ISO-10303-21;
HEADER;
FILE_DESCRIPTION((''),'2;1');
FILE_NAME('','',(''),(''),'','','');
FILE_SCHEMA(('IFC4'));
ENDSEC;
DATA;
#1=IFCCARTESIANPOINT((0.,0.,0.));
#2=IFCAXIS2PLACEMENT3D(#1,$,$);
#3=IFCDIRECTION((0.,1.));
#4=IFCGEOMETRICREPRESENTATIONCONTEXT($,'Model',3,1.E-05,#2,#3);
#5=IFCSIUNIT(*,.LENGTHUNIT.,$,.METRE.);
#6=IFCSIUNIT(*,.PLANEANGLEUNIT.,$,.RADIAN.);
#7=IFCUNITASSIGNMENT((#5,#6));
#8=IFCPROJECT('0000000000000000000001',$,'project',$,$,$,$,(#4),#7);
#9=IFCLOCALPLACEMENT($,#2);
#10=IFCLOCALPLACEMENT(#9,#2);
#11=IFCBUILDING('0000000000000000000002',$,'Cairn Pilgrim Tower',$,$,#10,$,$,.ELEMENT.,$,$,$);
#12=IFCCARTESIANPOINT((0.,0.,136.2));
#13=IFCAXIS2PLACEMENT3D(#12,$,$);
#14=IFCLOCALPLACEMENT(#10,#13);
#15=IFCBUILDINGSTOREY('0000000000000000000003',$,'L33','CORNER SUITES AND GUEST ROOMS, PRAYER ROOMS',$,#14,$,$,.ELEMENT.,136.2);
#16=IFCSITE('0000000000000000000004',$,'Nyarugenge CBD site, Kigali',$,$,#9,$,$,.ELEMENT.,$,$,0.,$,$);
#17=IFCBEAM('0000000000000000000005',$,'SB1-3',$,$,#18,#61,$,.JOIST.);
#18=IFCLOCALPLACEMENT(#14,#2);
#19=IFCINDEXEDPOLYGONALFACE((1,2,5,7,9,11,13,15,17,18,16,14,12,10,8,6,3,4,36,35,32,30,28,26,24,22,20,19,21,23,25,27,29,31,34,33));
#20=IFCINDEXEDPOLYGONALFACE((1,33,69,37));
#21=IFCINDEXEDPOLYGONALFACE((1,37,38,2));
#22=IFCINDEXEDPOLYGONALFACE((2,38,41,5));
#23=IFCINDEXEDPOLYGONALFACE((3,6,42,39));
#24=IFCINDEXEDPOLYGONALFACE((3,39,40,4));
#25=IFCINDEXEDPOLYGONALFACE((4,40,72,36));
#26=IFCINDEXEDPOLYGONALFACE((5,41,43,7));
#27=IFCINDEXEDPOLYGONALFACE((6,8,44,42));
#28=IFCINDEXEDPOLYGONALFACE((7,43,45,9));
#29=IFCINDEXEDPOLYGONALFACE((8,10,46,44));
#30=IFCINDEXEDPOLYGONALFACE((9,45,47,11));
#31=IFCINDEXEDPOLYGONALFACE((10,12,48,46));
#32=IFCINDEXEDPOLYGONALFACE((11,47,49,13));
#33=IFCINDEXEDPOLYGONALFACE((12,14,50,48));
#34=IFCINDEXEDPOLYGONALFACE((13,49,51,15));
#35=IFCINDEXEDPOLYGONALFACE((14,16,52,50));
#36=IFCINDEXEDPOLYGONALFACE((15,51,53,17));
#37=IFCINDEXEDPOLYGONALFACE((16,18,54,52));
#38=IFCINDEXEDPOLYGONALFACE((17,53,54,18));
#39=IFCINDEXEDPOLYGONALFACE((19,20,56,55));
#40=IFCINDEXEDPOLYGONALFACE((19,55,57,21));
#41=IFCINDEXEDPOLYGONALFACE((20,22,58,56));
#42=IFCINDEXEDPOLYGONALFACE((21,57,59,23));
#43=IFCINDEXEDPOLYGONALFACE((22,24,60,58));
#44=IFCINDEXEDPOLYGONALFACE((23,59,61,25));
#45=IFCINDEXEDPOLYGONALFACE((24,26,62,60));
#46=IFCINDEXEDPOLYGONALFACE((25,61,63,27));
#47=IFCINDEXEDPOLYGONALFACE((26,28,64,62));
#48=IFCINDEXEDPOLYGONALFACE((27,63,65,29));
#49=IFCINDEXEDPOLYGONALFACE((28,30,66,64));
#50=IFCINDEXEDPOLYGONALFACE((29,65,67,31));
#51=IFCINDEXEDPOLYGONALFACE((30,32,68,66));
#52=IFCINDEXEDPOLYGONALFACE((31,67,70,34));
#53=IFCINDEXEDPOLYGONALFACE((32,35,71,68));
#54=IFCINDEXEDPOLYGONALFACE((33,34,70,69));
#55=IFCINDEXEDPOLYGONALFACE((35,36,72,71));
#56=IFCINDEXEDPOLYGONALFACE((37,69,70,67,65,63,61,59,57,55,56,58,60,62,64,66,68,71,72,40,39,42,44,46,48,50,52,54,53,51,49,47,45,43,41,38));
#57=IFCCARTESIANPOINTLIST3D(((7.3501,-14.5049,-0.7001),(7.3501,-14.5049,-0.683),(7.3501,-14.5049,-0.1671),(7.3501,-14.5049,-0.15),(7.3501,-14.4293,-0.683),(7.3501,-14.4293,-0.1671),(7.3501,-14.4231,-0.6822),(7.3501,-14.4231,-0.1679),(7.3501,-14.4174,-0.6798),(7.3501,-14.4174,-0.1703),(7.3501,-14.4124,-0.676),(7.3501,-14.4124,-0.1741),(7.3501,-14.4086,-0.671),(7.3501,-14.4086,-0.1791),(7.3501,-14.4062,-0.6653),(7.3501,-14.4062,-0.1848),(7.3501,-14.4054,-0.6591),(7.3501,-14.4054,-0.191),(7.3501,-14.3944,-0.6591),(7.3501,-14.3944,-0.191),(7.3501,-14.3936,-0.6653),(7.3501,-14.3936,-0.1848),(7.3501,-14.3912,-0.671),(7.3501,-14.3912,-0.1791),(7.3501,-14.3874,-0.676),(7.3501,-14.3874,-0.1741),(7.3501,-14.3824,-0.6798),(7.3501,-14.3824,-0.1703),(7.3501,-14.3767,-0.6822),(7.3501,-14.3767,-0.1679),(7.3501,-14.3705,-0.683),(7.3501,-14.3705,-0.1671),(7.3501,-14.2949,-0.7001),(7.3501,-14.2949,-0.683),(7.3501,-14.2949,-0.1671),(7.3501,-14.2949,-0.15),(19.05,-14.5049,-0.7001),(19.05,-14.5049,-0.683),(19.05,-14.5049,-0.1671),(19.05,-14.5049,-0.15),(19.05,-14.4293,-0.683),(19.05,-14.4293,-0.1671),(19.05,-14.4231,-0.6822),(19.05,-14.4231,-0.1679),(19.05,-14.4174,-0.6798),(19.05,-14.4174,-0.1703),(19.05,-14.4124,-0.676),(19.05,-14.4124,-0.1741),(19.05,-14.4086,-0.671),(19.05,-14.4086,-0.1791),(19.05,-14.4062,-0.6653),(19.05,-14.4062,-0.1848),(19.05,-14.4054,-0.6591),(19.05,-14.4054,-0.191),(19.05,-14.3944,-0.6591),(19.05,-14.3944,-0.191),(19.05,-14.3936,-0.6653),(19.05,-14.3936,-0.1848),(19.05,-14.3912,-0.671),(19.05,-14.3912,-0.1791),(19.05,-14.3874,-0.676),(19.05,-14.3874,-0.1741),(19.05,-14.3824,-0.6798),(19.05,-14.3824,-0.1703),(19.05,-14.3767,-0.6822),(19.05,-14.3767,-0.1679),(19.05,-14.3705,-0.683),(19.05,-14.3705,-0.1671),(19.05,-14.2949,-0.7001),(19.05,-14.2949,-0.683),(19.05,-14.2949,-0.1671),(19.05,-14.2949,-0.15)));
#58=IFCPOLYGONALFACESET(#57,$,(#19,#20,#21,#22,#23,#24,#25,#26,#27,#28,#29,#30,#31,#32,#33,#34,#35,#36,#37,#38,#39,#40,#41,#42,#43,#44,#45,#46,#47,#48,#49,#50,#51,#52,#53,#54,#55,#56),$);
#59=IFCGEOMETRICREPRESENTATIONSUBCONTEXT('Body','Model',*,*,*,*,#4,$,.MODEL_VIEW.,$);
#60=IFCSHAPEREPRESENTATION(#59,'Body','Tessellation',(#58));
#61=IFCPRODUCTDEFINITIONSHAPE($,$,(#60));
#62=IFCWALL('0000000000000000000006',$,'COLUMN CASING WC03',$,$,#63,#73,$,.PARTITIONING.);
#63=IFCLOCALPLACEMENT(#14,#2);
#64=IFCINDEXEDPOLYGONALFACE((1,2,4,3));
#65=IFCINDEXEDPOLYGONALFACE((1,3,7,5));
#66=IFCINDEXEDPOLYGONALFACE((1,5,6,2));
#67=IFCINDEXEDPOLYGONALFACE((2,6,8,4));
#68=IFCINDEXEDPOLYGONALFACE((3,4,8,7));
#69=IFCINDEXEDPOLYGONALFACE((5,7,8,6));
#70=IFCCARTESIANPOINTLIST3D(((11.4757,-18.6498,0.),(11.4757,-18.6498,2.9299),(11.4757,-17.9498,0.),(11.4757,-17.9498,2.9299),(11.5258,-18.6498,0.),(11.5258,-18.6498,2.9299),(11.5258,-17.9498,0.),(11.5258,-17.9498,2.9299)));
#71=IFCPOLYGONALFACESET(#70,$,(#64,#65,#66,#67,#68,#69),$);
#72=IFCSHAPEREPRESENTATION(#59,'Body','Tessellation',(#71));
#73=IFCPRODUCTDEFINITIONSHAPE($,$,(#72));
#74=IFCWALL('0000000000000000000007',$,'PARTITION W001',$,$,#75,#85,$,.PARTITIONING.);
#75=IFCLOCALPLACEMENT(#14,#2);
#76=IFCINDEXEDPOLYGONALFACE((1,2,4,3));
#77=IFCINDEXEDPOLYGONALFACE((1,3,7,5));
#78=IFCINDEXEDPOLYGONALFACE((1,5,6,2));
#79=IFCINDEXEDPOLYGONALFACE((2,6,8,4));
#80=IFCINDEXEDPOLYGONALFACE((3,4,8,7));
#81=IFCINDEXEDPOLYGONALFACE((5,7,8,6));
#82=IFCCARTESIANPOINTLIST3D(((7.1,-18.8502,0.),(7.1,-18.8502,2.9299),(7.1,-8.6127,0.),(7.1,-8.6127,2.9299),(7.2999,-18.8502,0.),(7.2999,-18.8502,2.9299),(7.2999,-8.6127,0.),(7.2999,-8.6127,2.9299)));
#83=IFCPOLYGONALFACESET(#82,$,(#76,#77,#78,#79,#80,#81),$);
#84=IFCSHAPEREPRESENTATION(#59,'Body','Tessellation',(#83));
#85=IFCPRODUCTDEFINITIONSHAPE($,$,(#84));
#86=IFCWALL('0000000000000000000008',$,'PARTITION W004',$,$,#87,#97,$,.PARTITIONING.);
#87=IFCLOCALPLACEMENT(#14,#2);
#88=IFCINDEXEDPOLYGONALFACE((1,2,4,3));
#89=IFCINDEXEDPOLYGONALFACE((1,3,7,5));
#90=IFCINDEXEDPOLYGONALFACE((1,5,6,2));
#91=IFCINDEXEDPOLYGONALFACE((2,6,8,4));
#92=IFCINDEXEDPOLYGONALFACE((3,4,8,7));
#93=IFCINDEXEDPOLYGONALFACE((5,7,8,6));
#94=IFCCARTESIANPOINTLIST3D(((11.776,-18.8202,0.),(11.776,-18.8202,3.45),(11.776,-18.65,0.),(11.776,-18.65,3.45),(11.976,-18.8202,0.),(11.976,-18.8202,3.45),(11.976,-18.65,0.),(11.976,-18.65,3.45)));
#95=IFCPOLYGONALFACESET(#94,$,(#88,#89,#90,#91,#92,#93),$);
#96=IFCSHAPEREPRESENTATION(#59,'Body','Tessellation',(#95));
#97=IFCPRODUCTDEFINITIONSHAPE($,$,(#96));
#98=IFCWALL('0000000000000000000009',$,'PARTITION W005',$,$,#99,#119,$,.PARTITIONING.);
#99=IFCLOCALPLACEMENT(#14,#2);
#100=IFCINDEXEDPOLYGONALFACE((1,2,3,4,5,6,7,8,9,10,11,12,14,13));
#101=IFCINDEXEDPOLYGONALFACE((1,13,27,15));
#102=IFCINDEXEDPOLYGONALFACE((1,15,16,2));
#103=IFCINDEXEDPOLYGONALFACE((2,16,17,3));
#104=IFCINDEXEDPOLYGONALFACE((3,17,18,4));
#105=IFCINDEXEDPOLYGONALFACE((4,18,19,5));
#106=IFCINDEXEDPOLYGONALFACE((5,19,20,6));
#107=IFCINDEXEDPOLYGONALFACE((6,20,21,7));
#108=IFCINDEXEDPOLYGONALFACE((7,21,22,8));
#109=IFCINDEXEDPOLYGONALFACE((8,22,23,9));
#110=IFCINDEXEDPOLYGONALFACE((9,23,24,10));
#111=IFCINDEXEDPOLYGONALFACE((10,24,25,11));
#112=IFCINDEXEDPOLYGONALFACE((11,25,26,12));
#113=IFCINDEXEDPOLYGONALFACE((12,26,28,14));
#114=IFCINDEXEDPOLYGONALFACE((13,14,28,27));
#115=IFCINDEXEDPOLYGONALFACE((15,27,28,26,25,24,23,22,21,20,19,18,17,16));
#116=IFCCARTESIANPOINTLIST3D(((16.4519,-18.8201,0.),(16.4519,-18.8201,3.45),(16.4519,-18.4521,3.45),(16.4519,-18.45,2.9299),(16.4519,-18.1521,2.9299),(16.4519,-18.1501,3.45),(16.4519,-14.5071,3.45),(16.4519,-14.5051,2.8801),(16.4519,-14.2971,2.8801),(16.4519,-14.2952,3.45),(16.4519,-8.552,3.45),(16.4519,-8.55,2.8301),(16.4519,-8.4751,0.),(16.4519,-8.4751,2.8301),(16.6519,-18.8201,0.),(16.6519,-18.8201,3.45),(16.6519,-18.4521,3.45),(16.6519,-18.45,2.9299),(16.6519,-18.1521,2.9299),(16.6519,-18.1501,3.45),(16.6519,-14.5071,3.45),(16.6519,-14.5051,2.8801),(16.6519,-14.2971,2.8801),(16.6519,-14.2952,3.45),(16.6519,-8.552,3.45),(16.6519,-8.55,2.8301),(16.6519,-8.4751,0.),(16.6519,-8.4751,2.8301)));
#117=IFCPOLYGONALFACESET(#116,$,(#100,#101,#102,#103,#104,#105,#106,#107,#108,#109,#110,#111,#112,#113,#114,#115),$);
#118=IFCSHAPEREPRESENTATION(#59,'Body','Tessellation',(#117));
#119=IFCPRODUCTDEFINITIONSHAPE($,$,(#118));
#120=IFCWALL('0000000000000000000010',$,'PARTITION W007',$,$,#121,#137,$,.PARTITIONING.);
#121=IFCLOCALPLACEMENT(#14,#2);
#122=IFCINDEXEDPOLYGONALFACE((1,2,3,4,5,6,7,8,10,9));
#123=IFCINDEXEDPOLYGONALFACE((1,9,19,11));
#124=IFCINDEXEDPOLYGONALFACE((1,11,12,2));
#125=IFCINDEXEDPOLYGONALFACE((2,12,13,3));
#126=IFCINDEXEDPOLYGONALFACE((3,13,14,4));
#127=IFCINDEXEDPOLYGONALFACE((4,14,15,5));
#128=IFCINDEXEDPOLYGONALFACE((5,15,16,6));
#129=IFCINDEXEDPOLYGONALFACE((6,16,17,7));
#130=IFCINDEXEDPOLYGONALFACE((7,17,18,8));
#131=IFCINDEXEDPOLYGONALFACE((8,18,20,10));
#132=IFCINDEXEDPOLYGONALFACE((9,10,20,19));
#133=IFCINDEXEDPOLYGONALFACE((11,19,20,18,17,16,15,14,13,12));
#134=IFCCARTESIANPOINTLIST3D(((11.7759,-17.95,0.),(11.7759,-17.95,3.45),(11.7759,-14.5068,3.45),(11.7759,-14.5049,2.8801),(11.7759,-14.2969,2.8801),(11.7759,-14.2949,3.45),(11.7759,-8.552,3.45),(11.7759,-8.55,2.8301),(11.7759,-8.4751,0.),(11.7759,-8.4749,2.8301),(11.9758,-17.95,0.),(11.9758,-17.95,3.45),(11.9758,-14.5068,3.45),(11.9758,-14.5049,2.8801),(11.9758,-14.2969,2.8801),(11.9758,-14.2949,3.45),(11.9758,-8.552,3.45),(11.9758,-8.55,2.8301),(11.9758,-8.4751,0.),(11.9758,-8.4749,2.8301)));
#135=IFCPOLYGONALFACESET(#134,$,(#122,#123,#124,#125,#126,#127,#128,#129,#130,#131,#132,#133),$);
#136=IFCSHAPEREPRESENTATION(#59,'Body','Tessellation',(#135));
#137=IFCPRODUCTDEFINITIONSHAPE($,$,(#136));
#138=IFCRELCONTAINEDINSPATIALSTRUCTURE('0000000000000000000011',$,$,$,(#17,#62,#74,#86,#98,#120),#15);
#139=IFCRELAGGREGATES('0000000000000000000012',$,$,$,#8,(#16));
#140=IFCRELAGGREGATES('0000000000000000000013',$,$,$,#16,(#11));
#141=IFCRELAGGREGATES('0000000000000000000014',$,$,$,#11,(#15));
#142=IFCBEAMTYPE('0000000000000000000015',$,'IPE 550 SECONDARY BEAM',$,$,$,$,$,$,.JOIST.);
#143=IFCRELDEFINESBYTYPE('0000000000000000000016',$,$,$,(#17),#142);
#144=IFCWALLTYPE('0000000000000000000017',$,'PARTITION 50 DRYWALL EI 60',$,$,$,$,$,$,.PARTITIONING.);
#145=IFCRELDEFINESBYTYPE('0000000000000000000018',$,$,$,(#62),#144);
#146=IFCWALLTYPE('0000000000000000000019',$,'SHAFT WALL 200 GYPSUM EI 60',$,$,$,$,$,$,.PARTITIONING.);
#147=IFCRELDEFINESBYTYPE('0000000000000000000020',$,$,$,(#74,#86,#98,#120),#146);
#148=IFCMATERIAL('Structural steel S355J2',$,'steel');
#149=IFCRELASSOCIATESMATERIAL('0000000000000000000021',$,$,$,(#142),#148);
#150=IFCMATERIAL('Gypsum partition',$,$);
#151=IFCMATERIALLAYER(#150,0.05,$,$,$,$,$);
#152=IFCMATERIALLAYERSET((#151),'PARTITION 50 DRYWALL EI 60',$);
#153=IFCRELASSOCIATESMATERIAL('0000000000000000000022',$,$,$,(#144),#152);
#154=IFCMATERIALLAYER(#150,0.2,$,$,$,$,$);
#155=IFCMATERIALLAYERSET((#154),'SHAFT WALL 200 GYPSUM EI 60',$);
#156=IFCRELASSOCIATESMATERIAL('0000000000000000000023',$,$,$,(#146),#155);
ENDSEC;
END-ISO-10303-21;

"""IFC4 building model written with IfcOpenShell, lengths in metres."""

from ifc_helpers import new_model, si_unit, direction, frame, frame_2d, origin, origin_2d, place, context, subcontext, project, spatial, polyline, rectangle, i_section, outline, extrude, material, layer, layer_set, material_profile, profile_set, type_object, element, save


model = new_model("IFC4")

# Units and contexts
model_context = context("Model", 3, precision=1e-05, world=origin(), true_north=direction((0.0, 1.0)))
body_context = subcontext(model_context, "Body", "Model", "MODEL_VIEW")
ifc_project = project(units=[si_unit("LENGTHUNIT", "METRE"), si_unit("PLANEANGLEUNIT", "RADIAN")], contexts=[model_context])

# Site, building, storey
site_placement = place(None, origin())
site = spatial("IfcSite", under=ifc_project, at=site_placement, Name="Nyarugenge CBD site, Kigali", CompositionType="ELEMENT", RefElevation=0.0)
building_placement = place(site_placement, origin())
building = spatial("IfcBuilding", under=site, at=building_placement, Name="Cairn Pilgrim Tower", CompositionType="ELEMENT")
storey_placement = place(building_placement, frame((0.0, 0.0, 136.2)))
storey = spatial("IfcBuildingStorey", under=building, at=storey_placement, Name="L33", Description="CORNER SUITES AND GUEST ROOMS, PRAYER ROOMS", CompositionType="ELEMENT", Elevation=136.2)

# Beam
ifc_material_1 = material(Name="Structural steel S355J2", Category="steel")
ifc_material_profile_1 = material_profile(ifc_material_1, i_section(OverallWidth=0.21, OverallDepth=0.55, WebThickness=0.011, FlangeThickness=0.0171, FilletRadius=0.0239, at=origin_2d()), Name="IPE 550")
ifc_profile_set_1 = profile_set([ifc_material_profile_1], Name="Structural steel S355J2")
beam_type_1 = type_object("IfcBeamType", Name="IPE 550 SECONDARY BEAM", PredefinedType="JOIST", material=ifc_profile_set_1)
beam_1_placement = place(storey_placement, frame((7.3501, -14.3999, -0.425), z_axis=(1.0, 0.0, 0.0), x_axis=(0.0, 1.0, 0.0)))
element("IfcBeam", 1, at=beam_1_placement, inside=storey, type_object=beam_type_1, Name="SB1-3", PredefinedType="JOIST", context=body_context, shape_type="SweptSolid", body=[
    extrude(i_section(OverallWidth=0.21, OverallDepth=0.55, WebThickness=0.011, FlangeThickness=0.0171, FilletRadius=0.0239, at=origin_2d()), origin(), (0.0, 0.0, 1.0), 11.7),
])

# Walls
ifc_material_2 = material(Name="Gypsum partition")
ifc_layer_1 = layer(ifc_material_2, 0.05)
ifc_layer_set_1 = layer_set([ifc_layer_1], Name="PARTITION 50 DRYWALL EI 60")
wall_type_1 = type_object("IfcWallType", Name="PARTITION 50 DRYWALL EI 60", PredefinedType="PARTITIONING", material=ifc_layer_set_1)
wall_1_placement = place(storey_placement, frame((11.5007, -18.6499, 0.0), z_axis=(0.0, 0.0, 1.0), x_axis=(0.0, 1.0, 0.0)))
element("IfcWall", 2, at=wall_1_placement, inside=storey, type_object=wall_type_1, Name="COLUMN CASING WC03", PredefinedType="PARTITIONING", context=body_context, shape_type="SweptSolid", body=[
    extrude(rectangle(XDim=0.7, YDim=0.05, at=frame_2d((0.3501, 0.0))), origin(), (0.0, 0.0, 1.0), 2.9299),
])
ifc_layer_2 = layer(ifc_material_2, 0.2)
ifc_layer_set_2 = layer_set([ifc_layer_2], Name="SHAFT WALL 200 GYPSUM EI 60")
wall_type_2 = type_object("IfcWallType", Name="SHAFT WALL 200 GYPSUM EI 60", PredefinedType="PARTITIONING", material=ifc_layer_set_2)
wall_2_placement = place(storey_placement, frame((7.2, -18.8501, 0.0), z_axis=(0.0, 0.0, 1.0), x_axis=(0.0, 1.0, 0.0)))
element("IfcWall", 3, at=wall_2_placement, inside=storey, type_object=wall_type_2, Name="PARTITION W001", PredefinedType="PARTITIONING", context=body_context, shape_type="SweptSolid", body=[
    extrude(rectangle(XDim=10.2375, YDim=0.2, at=frame_2d((5.1187, 0.0))), origin(), (0.0, 0.0, 1.0), 2.9299),
])
wall_3_placement = place(storey_placement, frame((11.876, -18.8201, 0.0), z_axis=(0.0, 0.0, 1.0), x_axis=(0.0, 1.0, 0.0)))
element("IfcWall", 4, at=wall_3_placement, inside=storey, type_object=wall_type_2, Name="PARTITION W004", PredefinedType="PARTITIONING", context=body_context, shape_type="SweptSolid", body=[
    extrude(rectangle(XDim=0.1702, YDim=0.2, at=frame_2d((0.085, 0.0))), origin(), (0.0, 0.0, 1.0), 3.45),
])
wall_4_placement = place(storey_placement, frame((16.552, -18.8201, 0.0), z_axis=(0.0, 0.0, 1.0), x_axis=(0.0, 1.0, 0.0)))
element("IfcWall", 5, at=wall_4_placement, inside=storey, type_object=wall_type_2, Name="PARTITION W005", PredefinedType="PARTITIONING", context=body_context, shape_type="SweptSolid", body=[
    extrude(outline(polyline([(0.0, 0.0), (10.345, 0.0), (10.345, 2.8301), (10.27, 2.8301), (10.2681, 3.45), (4.5249, 3.45), (4.5229, 2.8801), (4.3149, 2.8801), (4.313, 3.45), (0.6699, 3.45), (0.668, 2.9299), (0.3701, 2.9299), (0.3679, 3.45), (0.0, 3.45), (0.0, 0.0)])), frame((0.0, 0.1001, 0.0), z_axis=(0.0, -1.0, 0.0), x_axis=(1.0, 0.0, 0.0)), (0.0, 0.0, 1.0), 0.2),
])
wall_5_placement = place(storey_placement, frame((11.876, -17.95, 0.0), z_axis=(0.0, 0.0, 1.0), x_axis=(0.0, 1.0, 0.0)))
element("IfcWall", 6, at=wall_5_placement, inside=storey, type_object=wall_type_2, Name="PARTITION W007", PredefinedType="PARTITIONING", context=body_context, shape_type="SweptSolid", body=[
    extrude(outline(polyline([(0.0, 0.0), (9.4749, 0.0), (9.4751, 2.8301), (9.3999, 2.8301), (9.3979, 3.45), (3.655, 3.45), (3.6531, 2.8801), (3.4451, 2.8801), (3.4431, 3.45), (0.0, 3.45), (0.0, 0.0)])), frame((0.0, 0.1001, 0.0), z_axis=(0.0, -1.0, 0.0), x_axis=(1.0, 0.0, 0.0)), (0.0, 0.0, 1.0), 0.2),
])

save(model, "model.ifc")
